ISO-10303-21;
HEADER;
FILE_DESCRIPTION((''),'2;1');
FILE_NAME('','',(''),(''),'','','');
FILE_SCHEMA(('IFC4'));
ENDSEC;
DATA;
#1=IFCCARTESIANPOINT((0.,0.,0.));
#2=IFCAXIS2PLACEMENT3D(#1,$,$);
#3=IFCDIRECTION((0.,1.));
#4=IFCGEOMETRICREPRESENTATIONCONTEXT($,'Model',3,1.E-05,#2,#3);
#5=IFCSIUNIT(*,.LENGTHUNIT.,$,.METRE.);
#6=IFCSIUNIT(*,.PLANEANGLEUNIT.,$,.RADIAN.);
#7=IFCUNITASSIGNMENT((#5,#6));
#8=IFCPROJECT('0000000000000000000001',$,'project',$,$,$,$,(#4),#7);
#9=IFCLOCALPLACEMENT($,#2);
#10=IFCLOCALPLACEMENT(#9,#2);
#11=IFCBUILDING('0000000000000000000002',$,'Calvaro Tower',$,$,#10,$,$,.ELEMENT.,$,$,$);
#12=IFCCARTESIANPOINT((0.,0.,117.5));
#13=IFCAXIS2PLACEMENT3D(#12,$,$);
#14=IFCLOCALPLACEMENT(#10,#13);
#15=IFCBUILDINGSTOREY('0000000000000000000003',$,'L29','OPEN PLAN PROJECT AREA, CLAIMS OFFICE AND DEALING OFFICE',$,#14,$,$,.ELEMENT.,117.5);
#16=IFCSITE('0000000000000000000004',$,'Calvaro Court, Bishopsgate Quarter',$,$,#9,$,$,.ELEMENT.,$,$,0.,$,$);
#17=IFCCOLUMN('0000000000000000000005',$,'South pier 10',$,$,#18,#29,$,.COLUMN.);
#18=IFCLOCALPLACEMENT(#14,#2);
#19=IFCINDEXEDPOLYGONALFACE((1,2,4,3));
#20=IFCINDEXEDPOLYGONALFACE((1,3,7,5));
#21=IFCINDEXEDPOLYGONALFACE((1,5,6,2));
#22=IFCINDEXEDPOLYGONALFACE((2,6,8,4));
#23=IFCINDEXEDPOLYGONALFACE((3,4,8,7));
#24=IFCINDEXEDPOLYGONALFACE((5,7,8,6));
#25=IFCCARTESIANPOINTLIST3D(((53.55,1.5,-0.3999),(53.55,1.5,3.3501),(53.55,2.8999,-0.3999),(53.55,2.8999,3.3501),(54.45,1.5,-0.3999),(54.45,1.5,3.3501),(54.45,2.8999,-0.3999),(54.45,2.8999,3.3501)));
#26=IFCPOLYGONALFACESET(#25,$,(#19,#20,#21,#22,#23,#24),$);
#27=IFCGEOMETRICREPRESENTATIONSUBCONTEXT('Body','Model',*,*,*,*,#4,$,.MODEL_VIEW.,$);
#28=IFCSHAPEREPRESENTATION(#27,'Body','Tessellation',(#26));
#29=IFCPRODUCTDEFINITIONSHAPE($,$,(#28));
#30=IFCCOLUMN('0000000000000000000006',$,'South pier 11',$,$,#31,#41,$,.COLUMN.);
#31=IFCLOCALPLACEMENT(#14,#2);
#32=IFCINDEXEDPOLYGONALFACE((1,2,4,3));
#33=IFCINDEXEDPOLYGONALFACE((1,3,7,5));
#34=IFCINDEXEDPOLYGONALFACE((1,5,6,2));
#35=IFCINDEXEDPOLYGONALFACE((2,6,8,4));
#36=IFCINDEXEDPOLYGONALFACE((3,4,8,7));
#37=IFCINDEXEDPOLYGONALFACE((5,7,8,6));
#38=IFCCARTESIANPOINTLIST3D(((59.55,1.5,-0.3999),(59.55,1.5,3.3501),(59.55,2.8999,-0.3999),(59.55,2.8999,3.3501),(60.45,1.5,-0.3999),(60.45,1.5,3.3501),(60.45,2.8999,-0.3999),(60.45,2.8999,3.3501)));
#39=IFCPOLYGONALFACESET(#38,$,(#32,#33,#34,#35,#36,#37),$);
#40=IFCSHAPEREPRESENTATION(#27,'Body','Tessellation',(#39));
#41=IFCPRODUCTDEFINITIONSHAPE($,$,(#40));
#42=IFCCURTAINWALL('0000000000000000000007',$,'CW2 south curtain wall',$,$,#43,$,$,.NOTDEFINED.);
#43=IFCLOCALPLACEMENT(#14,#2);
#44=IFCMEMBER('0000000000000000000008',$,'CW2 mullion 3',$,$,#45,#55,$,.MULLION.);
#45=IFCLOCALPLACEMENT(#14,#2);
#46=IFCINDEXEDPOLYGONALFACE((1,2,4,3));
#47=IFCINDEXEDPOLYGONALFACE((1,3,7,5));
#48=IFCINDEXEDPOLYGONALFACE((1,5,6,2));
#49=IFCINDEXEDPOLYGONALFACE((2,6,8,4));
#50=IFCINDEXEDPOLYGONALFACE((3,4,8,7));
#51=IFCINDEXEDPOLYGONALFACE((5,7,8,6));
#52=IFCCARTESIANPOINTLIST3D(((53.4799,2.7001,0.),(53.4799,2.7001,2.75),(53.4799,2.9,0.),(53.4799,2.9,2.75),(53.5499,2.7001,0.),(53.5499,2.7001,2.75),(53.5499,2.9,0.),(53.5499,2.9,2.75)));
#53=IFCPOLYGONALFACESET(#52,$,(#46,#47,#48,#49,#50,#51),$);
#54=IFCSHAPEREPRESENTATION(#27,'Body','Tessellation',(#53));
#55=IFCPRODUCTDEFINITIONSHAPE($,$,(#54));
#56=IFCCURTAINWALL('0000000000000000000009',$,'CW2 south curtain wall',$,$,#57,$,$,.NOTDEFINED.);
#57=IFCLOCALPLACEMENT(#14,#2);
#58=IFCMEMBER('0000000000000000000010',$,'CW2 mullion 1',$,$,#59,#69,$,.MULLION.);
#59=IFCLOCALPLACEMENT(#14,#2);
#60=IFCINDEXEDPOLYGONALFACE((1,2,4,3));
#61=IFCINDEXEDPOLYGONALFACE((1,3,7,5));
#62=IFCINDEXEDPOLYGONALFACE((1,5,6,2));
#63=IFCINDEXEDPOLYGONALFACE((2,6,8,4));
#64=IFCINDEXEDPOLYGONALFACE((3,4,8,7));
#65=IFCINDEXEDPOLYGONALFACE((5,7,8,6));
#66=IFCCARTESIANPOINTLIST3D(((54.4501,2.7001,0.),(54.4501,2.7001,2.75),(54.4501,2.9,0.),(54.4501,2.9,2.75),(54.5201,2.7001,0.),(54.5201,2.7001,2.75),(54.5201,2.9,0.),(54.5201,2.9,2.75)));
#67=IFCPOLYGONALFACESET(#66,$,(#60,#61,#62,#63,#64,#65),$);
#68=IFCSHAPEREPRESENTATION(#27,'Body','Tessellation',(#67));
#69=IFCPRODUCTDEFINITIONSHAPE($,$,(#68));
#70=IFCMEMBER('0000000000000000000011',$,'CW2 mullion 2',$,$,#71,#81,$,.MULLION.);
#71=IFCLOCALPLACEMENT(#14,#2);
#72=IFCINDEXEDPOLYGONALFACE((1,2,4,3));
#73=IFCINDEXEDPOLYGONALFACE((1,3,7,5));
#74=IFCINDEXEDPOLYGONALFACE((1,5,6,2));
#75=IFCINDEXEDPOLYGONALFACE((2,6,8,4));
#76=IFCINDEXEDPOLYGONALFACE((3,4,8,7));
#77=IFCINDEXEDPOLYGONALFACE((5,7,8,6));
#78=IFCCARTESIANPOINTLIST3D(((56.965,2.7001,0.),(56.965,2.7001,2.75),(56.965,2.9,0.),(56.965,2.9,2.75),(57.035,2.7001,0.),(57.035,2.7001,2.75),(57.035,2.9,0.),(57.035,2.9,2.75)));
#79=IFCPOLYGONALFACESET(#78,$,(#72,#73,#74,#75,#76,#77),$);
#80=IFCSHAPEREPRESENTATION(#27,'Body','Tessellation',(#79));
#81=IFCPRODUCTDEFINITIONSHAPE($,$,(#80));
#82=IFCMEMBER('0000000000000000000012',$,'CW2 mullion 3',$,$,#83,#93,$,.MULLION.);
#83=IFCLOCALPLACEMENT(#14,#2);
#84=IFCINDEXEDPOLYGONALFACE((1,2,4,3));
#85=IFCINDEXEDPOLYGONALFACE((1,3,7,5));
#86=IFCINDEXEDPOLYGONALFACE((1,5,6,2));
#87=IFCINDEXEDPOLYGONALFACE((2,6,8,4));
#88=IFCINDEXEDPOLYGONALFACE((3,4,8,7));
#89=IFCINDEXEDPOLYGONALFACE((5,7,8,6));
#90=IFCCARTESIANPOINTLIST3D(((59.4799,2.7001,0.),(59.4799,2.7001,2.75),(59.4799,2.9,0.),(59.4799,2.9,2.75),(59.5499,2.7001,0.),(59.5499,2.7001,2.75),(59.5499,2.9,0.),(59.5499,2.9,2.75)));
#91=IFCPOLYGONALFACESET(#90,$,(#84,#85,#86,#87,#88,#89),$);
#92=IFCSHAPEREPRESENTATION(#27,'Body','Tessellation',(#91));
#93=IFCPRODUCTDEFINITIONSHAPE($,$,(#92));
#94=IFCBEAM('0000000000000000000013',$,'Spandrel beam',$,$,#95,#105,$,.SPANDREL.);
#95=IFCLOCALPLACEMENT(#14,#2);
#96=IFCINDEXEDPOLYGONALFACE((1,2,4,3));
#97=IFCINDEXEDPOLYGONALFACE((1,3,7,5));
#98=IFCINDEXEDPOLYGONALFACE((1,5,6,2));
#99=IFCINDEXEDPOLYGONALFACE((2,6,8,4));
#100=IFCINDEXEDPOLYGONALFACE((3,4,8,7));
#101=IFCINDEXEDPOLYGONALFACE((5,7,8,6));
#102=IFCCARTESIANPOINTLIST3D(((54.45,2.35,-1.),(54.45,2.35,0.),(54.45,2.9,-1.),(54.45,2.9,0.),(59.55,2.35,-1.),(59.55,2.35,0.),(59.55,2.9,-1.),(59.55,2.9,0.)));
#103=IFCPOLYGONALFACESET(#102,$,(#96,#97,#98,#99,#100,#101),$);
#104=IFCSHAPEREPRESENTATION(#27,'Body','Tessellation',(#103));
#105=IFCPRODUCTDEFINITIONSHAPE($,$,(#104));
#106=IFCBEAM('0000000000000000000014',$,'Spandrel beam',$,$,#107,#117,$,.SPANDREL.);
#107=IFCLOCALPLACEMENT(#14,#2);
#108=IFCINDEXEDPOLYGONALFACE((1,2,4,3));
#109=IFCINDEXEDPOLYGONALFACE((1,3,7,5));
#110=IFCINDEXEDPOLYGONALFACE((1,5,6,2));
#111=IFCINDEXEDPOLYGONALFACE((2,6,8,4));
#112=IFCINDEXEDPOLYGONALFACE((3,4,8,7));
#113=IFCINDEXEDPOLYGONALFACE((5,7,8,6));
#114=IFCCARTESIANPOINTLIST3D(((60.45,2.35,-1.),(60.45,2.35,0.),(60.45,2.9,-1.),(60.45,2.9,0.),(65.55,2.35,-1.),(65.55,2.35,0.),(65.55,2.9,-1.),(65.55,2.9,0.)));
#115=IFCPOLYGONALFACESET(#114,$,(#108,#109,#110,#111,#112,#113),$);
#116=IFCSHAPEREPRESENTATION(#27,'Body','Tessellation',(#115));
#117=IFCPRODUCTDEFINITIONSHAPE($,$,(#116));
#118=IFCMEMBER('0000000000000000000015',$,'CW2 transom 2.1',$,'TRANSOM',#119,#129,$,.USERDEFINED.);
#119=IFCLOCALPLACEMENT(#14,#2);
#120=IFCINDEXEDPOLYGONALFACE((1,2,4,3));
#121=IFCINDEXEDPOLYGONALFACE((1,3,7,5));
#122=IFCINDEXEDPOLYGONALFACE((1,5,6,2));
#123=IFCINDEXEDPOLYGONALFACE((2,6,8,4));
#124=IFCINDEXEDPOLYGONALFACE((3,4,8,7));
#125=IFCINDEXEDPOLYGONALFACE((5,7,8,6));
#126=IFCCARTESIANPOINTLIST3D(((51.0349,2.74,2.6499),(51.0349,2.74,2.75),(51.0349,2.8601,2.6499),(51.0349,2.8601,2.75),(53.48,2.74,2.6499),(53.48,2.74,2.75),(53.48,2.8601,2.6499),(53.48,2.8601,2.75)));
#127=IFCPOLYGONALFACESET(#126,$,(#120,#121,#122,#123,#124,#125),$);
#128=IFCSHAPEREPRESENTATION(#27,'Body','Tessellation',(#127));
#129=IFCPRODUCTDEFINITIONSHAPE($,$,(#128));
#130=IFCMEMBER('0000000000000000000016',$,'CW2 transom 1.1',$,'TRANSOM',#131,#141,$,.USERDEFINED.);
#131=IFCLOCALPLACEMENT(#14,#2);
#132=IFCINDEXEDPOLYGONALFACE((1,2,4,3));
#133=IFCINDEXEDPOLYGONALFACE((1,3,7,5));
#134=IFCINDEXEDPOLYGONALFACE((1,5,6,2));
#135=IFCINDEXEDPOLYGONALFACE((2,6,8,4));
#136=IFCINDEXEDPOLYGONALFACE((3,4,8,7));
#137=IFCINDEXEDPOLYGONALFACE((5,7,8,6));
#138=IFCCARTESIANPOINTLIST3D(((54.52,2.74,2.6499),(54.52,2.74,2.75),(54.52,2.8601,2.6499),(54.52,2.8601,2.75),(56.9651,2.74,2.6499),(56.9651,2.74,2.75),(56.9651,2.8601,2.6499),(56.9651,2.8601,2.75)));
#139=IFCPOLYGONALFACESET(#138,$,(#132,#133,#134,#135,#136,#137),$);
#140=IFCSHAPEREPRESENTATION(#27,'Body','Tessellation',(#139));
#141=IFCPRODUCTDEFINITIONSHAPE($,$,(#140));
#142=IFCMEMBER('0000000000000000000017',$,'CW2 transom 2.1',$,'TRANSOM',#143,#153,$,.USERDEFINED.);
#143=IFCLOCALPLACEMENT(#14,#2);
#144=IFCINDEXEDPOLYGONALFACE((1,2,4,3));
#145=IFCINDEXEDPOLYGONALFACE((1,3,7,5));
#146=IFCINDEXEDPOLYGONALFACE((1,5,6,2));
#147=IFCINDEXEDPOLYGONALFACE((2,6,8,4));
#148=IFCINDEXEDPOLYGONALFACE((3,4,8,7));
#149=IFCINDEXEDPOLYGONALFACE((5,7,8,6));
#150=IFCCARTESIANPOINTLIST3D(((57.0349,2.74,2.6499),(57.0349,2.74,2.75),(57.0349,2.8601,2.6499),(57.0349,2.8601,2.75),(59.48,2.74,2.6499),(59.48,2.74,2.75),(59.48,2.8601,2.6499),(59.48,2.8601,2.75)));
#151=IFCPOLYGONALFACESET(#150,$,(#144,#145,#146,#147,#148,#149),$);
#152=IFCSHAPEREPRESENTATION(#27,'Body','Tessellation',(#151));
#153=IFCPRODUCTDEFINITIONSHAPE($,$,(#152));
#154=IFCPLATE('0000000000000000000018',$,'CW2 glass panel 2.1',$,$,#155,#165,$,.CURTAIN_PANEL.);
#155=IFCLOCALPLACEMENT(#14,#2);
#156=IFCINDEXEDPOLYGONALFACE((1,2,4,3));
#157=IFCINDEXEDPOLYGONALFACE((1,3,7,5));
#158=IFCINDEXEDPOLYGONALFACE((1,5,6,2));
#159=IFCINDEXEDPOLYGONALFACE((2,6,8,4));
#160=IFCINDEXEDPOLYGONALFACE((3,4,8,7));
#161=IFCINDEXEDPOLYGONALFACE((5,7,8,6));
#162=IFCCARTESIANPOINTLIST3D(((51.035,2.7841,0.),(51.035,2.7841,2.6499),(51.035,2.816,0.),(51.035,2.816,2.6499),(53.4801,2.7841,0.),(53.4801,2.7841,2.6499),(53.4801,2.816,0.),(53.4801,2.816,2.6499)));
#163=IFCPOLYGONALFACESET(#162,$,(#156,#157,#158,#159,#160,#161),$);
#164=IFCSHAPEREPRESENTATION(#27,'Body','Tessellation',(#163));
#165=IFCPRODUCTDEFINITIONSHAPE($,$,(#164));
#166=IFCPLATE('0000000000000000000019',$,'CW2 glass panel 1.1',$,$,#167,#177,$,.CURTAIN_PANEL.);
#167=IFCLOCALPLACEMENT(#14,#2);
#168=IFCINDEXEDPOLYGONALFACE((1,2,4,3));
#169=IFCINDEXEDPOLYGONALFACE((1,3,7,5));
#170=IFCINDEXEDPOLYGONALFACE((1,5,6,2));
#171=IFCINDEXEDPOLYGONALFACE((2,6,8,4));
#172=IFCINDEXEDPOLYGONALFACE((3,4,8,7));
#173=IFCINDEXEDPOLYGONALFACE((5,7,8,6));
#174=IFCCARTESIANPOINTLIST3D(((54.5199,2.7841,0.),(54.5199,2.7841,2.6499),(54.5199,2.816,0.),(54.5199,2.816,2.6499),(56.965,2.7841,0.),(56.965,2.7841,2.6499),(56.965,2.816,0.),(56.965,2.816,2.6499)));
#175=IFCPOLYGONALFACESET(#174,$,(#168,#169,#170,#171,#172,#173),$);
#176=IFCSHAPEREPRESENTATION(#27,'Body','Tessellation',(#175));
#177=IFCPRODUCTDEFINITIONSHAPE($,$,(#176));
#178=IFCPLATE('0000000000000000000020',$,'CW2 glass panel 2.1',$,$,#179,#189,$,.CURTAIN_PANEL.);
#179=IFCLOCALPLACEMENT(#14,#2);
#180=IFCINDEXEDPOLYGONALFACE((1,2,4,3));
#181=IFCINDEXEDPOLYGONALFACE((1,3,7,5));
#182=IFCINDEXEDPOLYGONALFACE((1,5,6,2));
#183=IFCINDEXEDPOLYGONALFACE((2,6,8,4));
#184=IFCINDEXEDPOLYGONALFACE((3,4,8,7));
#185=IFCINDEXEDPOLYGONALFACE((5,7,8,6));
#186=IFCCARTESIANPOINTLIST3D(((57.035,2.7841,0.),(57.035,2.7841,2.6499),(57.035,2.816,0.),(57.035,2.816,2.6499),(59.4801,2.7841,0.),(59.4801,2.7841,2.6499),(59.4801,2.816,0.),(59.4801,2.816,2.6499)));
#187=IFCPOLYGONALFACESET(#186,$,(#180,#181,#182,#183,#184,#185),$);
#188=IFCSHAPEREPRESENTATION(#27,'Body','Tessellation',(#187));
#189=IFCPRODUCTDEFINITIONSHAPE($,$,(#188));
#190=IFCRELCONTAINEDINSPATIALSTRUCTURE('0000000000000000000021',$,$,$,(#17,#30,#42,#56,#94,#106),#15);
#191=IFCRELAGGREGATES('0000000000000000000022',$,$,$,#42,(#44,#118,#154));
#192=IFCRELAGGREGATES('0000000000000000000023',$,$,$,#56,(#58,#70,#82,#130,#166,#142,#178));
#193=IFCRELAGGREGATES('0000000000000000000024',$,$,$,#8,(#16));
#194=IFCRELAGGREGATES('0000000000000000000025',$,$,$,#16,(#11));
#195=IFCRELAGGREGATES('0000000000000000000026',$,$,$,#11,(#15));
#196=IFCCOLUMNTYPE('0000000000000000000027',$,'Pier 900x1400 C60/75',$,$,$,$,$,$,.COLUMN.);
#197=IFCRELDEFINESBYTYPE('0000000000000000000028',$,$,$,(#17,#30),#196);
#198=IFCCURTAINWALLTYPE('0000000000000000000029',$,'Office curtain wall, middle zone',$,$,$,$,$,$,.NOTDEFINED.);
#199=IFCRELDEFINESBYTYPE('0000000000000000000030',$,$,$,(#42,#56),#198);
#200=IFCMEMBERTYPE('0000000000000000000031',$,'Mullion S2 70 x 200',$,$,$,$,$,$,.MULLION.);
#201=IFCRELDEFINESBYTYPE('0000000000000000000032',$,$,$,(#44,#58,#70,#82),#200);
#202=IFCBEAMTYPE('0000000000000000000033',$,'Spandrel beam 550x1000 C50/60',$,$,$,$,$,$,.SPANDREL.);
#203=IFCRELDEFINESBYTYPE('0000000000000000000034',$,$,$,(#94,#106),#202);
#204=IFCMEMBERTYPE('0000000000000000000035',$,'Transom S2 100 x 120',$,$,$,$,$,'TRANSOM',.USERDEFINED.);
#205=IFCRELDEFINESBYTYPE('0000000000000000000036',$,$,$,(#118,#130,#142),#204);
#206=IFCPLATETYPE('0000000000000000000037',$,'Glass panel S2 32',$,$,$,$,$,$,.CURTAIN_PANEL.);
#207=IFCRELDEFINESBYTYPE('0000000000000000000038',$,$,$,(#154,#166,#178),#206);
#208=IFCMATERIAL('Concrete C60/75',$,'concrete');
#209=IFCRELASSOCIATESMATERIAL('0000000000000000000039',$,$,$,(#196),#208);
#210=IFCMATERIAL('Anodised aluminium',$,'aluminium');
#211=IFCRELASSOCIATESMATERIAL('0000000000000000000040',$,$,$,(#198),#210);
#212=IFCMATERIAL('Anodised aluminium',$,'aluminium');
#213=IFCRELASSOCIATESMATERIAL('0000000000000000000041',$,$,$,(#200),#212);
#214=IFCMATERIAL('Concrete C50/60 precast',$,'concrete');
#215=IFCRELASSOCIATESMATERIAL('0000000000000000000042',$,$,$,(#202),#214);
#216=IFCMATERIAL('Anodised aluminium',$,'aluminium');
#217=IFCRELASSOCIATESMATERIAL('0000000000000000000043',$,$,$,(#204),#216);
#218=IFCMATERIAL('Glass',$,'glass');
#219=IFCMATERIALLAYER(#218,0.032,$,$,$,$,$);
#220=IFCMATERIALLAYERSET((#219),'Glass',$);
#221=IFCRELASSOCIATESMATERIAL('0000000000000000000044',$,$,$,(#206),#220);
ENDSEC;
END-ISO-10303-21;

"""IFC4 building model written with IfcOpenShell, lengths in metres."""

from ifc_helpers import new_model, si_unit, direction, frame, origin, origin_2d, place, context, subcontext, project, spatial, rectangle, extrude, material, layer, layer_set, material_profile, profile_set, type_object, element, aggregate, save


model = new_model("IFC4")

# Units and contexts
model_context = context("Model", 3, precision=1e-05, world=origin(), true_north=direction((0.0, 1.0)))
body_context = subcontext(model_context, "Body", "Model", "MODEL_VIEW")
ifc_project = project(units=[si_unit("LENGTHUNIT", "METRE"), si_unit("PLANEANGLEUNIT", "RADIAN")], contexts=[model_context])

# Site, building, storey
site_placement = place(None, origin())
site = spatial("IfcSite", under=ifc_project, at=site_placement, Name="Calvaro Court, Bishopsgate Quarter", CompositionType="ELEMENT", RefElevation=0.0)
building_placement = place(site_placement, origin())
building = spatial("IfcBuilding", under=site, at=building_placement, Name="Calvaro Tower", CompositionType="ELEMENT")
storey_placement = place(building_placement, frame((0.0, 0.0, 117.5)))
storey = spatial("IfcBuildingStorey", under=building, at=storey_placement, Name="L29", Description="OPEN PLAN PROJECT AREA, CLAIMS OFFICE AND DEALING OFFICE", CompositionType="ELEMENT", Elevation=117.5)

# Columns
ifc_material_1 = material(Name="Concrete C60/75", Category="concrete")
ifc_material_profile_1 = material_profile(ifc_material_1, rectangle(XDim=0.8999, YDim=1.3999, at=origin_2d()), Name="RC 900x1400")
ifc_profile_set_1 = profile_set([ifc_material_profile_1], Name="Concrete C60/75")
column_type = type_object("IfcColumnType", Name="Pier 900x1400 C60/75", PredefinedType="COLUMN", material=ifc_profile_set_1)
for number, where, z_axis, x_axis, name in (
    (1, (54.0, 2.2, -0.3999), (0.0, 0.0, 1.0), (1.0, 0.0, 0.0), "South pier 10"),
    (2, (60.0, 2.2, -0.3999), (0.0, 0.0, 1.0), (1.0, 0.0, 0.0), "South pier 11"),
):
    element("IfcColumn", number, at=place(storey_placement, frame(where, z_axis=z_axis, x_axis=x_axis)), inside=storey, type_object=column_type, Name=name, PredefinedType="COLUMN", context=body_context, shape_type="SweptSolid", body=[
        extrude(rectangle(XDim=0.8999, YDim=1.3999, at=origin_2d()), origin(), (0.0, 0.0, 1.0), 3.75),
    ])

# Curtain wall, member
ifc_material_2 = material(Name="Anodised aluminium", Category="aluminium")
curtain_wall_type = type_object("IfcCurtainWallType", Name="Office curtain wall, middle zone", PredefinedType="NOTDEFINED", material=ifc_material_2)
curtain_wall_1_placement = place(storey_placement, origin())
curtain_wall_1 = element("IfcCurtainWall", 3, at=curtain_wall_1_placement, inside=storey, type_object=curtain_wall_type, Name="CW2 south curtain wall", PredefinedType="NOTDEFINED")
ifc_material_3 = material(Name="Anodised aluminium", Category="aluminium")
ifc_material_profile_2 = material_profile(ifc_material_3, rectangle(XDim=0.2, YDim=0.0701, at=origin_2d()), Name="Mullion S2 70 x 200")
ifc_profile_set_2 = profile_set([ifc_material_profile_2], Name="Anodised aluminium")
member_type_1 = type_object("IfcMemberType", Name="Mullion S2 70 x 200", PredefinedType="MULLION", material=ifc_profile_set_2)
member_1_placement = place(storey_placement, frame((53.5149, 2.8, 0.0), z_axis=(0.0, 0.0, 1.0), x_axis=(0.0, 1.0, 0.0)))
member_1 = element("IfcMember", 4, at=member_1_placement, type_object=member_type_1, Name="CW2 mullion 3", PredefinedType="MULLION", context=body_context, shape_type="SweptSolid", body=[
    extrude(rectangle(XDim=0.2, YDim=0.0701, at=origin_2d()), origin(), (0.0, 0.0, 1.0), 2.75),
])

# Curtain wall, members
curtain_wall_2_placement = place(storey_placement, origin())
curtain_wall_2 = element("IfcCurtainWall", 5, at=curtain_wall_2_placement, inside=storey, type_object=curtain_wall_type, Name="CW2 south curtain wall", PredefinedType="NOTDEFINED")
member_2_placement = place(storey_placement, frame((54.4851, 2.8, 0.0), z_axis=(0.0, 0.0, 1.0), x_axis=(0.0, 1.0, 0.0)))
member_2 = element("IfcMember", 6, at=member_2_placement, type_object=member_type_1, Name="CW2 mullion 1", PredefinedType="MULLION", context=body_context, shape_type="SweptSolid", body=[
    extrude(rectangle(XDim=0.2, YDim=0.0701, at=origin_2d()), origin(), (0.0, 0.0, 1.0), 2.75),
])
member_3_placement = place(storey_placement, frame((57.0, 2.8, 0.0), z_axis=(0.0, 0.0, 1.0), x_axis=(0.0, 1.0, 0.0)))
member_3 = element("IfcMember", 7, at=member_3_placement, type_object=member_type_1, Name="CW2 mullion 2", PredefinedType="MULLION", context=body_context, shape_type="SweptSolid", body=[
    extrude(rectangle(XDim=0.2, YDim=0.0701, at=origin_2d()), origin(), (0.0, 0.0, 1.0), 2.75),
])
member_4_placement = place(storey_placement, frame((59.5149, 2.8, 0.0), z_axis=(0.0, 0.0, 1.0), x_axis=(0.0, 1.0, 0.0)))
member_4 = element("IfcMember", 8, at=member_4_placement, type_object=member_type_1, Name="CW2 mullion 3", PredefinedType="MULLION", context=body_context, shape_type="SweptSolid", body=[
    extrude(rectangle(XDim=0.2, YDim=0.0701, at=origin_2d()), origin(), (0.0, 0.0, 1.0), 2.75),
])

# Beams
ifc_material_4 = material(Name="Concrete C50/60 precast", Category="concrete")
ifc_material_profile_3 = material_profile(ifc_material_4, rectangle(XDim=0.55, YDim=1.0, at=origin_2d()), Name="RC 550x1000")
ifc_profile_set_3 = profile_set([ifc_material_profile_3], Name="Concrete C50/60 precast")
beam_type = type_object("IfcBeamType", Name="Spandrel beam 550x1000 C50/60", PredefinedType="SPANDREL", material=ifc_profile_set_3)
for number, where, z_axis, x_axis, name in (
    (9, (54.45, 2.625, -0.5), (1.0, 0.0, 0.0), (0.0, 1.0, 0.0), "Spandrel beam"),
    (10, (60.45, 2.625, -0.5), (1.0, 0.0, 0.0), (0.0, 1.0, 0.0), "Spandrel beam"),
):
    element("IfcBeam", number, at=place(storey_placement, frame(where, z_axis=z_axis, x_axis=x_axis)), inside=storey, type_object=beam_type, Name=name, PredefinedType="SPANDREL", context=body_context, shape_type="SweptSolid", body=[
        extrude(rectangle(XDim=0.55, YDim=1.0, at=origin_2d()), origin(), (0.0, 0.0, 1.0), 5.1001),
    ])

# Members
ifc_material_5 = material(Name="Anodised aluminium", Category="aluminium")
ifc_material_profile_4 = material_profile(ifc_material_5, rectangle(XDim=0.1201, YDim=0.1001, at=origin_2d()), Name="Transom S2 100 x 120")
ifc_profile_set_4 = profile_set([ifc_material_profile_4], Name="Anodised aluminium")
member_type_2 = type_object("IfcMemberType", Name="Transom S2 100 x 120", ElementType="TRANSOM", PredefinedType="USERDEFINED", material=ifc_profile_set_4)
member_5_placement = place(storey_placement, frame((51.0349, 2.8, 2.7), z_axis=(1.0, 0.0, 0.0), x_axis=(0.0, 1.0, 0.0)))
member_5 = element("IfcMember", 11, at=member_5_placement, type_object=member_type_2, Name="CW2 transom 2.1", ObjectType="TRANSOM", PredefinedType="USERDEFINED", context=body_context, shape_type="SweptSolid", body=[
    extrude(rectangle(XDim=0.1201, YDim=0.1001, at=origin_2d()), origin(), (0.0, 0.0, 1.0), 2.4451),
])
member_6_placement = place(storey_placement, frame((54.52, 2.8, 2.7), z_axis=(1.0, 0.0, 0.0), x_axis=(0.0, 1.0, 0.0)))
member_6 = element("IfcMember", 12, at=member_6_placement, type_object=member_type_2, Name="CW2 transom 1.1", ObjectType="TRANSOM", PredefinedType="USERDEFINED", context=body_context, shape_type="SweptSolid", body=[
    extrude(rectangle(XDim=0.1201, YDim=0.1001, at=origin_2d()), origin(), (0.0, 0.0, 1.0), 2.4451),
])
member_7_placement = place(storey_placement, frame((57.0349, 2.8, 2.7), z_axis=(1.0, 0.0, 0.0), x_axis=(0.0, 1.0, 0.0)))
member_7 = element("IfcMember", 13, at=member_7_placement, type_object=member_type_2, Name="CW2 transom 2.1", ObjectType="TRANSOM", PredefinedType="USERDEFINED", context=body_context, shape_type="SweptSolid", body=[
    extrude(rectangle(XDim=0.1201, YDim=0.1001, at=origin_2d()), origin(), (0.0, 0.0, 1.0), 2.4451),
])

# Plates
ifc_material_6 = material(Name="Glass", Category="glass")
ifc_layer = layer(ifc_material_6, 0.032)
ifc_layer_set = layer_set([ifc_layer], Name="Glass")
plate_type = type_object("IfcPlateType", Name="Glass panel S2 32", PredefinedType="CURTAIN_PANEL", material=ifc_layer_set)
plate_1_placement = place(storey_placement, frame((52.2576, 2.8, 0.0), z_axis=(0.0, 0.0, 1.0), x_axis=(1.0, 0.0, 0.0)))
plate_1 = element("IfcPlate", 14, at=plate_1_placement, type_object=plate_type, Name="CW2 glass panel 2.1", PredefinedType="CURTAIN_PANEL", context=body_context, shape_type="SweptSolid", body=[
    extrude(rectangle(XDim=2.4451, YDim=0.032, at=origin_2d()), origin(), (0.0, 0.0, 1.0), 2.6499),
])
aggregate(curtain_wall_1, [member_1, member_5, plate_1])
plate_2_placement = place(storey_placement, frame((55.7424, 2.8, 0.0), z_axis=(0.0, 0.0, 1.0), x_axis=(1.0, 0.0, 0.0)))
plate_2 = element("IfcPlate", 15, at=plate_2_placement, type_object=plate_type, Name="CW2 glass panel 1.1", PredefinedType="CURTAIN_PANEL", context=body_context, shape_type="SweptSolid", body=[
    extrude(rectangle(XDim=2.4451, YDim=0.032, at=origin_2d()), origin(), (0.0, 0.0, 1.0), 2.6499),
])
plate_3_placement = place(storey_placement, frame((58.2576, 2.8, 0.0), z_axis=(0.0, 0.0, 1.0), x_axis=(1.0, 0.0, 0.0)))
plate_3 = element("IfcPlate", 16, at=plate_3_placement, type_object=plate_type, Name="CW2 glass panel 2.1", PredefinedType="CURTAIN_PANEL", context=body_context, shape_type="SweptSolid", body=[
    extrude(rectangle(XDim=2.4451, YDim=0.032, at=origin_2d()), origin(), (0.0, 0.0, 1.0), 2.6499),
])
aggregate(curtain_wall_2, [member_2, member_3, member_4, member_6, plate_2, member_7, plate_3])

save(model, "model.ifc")
